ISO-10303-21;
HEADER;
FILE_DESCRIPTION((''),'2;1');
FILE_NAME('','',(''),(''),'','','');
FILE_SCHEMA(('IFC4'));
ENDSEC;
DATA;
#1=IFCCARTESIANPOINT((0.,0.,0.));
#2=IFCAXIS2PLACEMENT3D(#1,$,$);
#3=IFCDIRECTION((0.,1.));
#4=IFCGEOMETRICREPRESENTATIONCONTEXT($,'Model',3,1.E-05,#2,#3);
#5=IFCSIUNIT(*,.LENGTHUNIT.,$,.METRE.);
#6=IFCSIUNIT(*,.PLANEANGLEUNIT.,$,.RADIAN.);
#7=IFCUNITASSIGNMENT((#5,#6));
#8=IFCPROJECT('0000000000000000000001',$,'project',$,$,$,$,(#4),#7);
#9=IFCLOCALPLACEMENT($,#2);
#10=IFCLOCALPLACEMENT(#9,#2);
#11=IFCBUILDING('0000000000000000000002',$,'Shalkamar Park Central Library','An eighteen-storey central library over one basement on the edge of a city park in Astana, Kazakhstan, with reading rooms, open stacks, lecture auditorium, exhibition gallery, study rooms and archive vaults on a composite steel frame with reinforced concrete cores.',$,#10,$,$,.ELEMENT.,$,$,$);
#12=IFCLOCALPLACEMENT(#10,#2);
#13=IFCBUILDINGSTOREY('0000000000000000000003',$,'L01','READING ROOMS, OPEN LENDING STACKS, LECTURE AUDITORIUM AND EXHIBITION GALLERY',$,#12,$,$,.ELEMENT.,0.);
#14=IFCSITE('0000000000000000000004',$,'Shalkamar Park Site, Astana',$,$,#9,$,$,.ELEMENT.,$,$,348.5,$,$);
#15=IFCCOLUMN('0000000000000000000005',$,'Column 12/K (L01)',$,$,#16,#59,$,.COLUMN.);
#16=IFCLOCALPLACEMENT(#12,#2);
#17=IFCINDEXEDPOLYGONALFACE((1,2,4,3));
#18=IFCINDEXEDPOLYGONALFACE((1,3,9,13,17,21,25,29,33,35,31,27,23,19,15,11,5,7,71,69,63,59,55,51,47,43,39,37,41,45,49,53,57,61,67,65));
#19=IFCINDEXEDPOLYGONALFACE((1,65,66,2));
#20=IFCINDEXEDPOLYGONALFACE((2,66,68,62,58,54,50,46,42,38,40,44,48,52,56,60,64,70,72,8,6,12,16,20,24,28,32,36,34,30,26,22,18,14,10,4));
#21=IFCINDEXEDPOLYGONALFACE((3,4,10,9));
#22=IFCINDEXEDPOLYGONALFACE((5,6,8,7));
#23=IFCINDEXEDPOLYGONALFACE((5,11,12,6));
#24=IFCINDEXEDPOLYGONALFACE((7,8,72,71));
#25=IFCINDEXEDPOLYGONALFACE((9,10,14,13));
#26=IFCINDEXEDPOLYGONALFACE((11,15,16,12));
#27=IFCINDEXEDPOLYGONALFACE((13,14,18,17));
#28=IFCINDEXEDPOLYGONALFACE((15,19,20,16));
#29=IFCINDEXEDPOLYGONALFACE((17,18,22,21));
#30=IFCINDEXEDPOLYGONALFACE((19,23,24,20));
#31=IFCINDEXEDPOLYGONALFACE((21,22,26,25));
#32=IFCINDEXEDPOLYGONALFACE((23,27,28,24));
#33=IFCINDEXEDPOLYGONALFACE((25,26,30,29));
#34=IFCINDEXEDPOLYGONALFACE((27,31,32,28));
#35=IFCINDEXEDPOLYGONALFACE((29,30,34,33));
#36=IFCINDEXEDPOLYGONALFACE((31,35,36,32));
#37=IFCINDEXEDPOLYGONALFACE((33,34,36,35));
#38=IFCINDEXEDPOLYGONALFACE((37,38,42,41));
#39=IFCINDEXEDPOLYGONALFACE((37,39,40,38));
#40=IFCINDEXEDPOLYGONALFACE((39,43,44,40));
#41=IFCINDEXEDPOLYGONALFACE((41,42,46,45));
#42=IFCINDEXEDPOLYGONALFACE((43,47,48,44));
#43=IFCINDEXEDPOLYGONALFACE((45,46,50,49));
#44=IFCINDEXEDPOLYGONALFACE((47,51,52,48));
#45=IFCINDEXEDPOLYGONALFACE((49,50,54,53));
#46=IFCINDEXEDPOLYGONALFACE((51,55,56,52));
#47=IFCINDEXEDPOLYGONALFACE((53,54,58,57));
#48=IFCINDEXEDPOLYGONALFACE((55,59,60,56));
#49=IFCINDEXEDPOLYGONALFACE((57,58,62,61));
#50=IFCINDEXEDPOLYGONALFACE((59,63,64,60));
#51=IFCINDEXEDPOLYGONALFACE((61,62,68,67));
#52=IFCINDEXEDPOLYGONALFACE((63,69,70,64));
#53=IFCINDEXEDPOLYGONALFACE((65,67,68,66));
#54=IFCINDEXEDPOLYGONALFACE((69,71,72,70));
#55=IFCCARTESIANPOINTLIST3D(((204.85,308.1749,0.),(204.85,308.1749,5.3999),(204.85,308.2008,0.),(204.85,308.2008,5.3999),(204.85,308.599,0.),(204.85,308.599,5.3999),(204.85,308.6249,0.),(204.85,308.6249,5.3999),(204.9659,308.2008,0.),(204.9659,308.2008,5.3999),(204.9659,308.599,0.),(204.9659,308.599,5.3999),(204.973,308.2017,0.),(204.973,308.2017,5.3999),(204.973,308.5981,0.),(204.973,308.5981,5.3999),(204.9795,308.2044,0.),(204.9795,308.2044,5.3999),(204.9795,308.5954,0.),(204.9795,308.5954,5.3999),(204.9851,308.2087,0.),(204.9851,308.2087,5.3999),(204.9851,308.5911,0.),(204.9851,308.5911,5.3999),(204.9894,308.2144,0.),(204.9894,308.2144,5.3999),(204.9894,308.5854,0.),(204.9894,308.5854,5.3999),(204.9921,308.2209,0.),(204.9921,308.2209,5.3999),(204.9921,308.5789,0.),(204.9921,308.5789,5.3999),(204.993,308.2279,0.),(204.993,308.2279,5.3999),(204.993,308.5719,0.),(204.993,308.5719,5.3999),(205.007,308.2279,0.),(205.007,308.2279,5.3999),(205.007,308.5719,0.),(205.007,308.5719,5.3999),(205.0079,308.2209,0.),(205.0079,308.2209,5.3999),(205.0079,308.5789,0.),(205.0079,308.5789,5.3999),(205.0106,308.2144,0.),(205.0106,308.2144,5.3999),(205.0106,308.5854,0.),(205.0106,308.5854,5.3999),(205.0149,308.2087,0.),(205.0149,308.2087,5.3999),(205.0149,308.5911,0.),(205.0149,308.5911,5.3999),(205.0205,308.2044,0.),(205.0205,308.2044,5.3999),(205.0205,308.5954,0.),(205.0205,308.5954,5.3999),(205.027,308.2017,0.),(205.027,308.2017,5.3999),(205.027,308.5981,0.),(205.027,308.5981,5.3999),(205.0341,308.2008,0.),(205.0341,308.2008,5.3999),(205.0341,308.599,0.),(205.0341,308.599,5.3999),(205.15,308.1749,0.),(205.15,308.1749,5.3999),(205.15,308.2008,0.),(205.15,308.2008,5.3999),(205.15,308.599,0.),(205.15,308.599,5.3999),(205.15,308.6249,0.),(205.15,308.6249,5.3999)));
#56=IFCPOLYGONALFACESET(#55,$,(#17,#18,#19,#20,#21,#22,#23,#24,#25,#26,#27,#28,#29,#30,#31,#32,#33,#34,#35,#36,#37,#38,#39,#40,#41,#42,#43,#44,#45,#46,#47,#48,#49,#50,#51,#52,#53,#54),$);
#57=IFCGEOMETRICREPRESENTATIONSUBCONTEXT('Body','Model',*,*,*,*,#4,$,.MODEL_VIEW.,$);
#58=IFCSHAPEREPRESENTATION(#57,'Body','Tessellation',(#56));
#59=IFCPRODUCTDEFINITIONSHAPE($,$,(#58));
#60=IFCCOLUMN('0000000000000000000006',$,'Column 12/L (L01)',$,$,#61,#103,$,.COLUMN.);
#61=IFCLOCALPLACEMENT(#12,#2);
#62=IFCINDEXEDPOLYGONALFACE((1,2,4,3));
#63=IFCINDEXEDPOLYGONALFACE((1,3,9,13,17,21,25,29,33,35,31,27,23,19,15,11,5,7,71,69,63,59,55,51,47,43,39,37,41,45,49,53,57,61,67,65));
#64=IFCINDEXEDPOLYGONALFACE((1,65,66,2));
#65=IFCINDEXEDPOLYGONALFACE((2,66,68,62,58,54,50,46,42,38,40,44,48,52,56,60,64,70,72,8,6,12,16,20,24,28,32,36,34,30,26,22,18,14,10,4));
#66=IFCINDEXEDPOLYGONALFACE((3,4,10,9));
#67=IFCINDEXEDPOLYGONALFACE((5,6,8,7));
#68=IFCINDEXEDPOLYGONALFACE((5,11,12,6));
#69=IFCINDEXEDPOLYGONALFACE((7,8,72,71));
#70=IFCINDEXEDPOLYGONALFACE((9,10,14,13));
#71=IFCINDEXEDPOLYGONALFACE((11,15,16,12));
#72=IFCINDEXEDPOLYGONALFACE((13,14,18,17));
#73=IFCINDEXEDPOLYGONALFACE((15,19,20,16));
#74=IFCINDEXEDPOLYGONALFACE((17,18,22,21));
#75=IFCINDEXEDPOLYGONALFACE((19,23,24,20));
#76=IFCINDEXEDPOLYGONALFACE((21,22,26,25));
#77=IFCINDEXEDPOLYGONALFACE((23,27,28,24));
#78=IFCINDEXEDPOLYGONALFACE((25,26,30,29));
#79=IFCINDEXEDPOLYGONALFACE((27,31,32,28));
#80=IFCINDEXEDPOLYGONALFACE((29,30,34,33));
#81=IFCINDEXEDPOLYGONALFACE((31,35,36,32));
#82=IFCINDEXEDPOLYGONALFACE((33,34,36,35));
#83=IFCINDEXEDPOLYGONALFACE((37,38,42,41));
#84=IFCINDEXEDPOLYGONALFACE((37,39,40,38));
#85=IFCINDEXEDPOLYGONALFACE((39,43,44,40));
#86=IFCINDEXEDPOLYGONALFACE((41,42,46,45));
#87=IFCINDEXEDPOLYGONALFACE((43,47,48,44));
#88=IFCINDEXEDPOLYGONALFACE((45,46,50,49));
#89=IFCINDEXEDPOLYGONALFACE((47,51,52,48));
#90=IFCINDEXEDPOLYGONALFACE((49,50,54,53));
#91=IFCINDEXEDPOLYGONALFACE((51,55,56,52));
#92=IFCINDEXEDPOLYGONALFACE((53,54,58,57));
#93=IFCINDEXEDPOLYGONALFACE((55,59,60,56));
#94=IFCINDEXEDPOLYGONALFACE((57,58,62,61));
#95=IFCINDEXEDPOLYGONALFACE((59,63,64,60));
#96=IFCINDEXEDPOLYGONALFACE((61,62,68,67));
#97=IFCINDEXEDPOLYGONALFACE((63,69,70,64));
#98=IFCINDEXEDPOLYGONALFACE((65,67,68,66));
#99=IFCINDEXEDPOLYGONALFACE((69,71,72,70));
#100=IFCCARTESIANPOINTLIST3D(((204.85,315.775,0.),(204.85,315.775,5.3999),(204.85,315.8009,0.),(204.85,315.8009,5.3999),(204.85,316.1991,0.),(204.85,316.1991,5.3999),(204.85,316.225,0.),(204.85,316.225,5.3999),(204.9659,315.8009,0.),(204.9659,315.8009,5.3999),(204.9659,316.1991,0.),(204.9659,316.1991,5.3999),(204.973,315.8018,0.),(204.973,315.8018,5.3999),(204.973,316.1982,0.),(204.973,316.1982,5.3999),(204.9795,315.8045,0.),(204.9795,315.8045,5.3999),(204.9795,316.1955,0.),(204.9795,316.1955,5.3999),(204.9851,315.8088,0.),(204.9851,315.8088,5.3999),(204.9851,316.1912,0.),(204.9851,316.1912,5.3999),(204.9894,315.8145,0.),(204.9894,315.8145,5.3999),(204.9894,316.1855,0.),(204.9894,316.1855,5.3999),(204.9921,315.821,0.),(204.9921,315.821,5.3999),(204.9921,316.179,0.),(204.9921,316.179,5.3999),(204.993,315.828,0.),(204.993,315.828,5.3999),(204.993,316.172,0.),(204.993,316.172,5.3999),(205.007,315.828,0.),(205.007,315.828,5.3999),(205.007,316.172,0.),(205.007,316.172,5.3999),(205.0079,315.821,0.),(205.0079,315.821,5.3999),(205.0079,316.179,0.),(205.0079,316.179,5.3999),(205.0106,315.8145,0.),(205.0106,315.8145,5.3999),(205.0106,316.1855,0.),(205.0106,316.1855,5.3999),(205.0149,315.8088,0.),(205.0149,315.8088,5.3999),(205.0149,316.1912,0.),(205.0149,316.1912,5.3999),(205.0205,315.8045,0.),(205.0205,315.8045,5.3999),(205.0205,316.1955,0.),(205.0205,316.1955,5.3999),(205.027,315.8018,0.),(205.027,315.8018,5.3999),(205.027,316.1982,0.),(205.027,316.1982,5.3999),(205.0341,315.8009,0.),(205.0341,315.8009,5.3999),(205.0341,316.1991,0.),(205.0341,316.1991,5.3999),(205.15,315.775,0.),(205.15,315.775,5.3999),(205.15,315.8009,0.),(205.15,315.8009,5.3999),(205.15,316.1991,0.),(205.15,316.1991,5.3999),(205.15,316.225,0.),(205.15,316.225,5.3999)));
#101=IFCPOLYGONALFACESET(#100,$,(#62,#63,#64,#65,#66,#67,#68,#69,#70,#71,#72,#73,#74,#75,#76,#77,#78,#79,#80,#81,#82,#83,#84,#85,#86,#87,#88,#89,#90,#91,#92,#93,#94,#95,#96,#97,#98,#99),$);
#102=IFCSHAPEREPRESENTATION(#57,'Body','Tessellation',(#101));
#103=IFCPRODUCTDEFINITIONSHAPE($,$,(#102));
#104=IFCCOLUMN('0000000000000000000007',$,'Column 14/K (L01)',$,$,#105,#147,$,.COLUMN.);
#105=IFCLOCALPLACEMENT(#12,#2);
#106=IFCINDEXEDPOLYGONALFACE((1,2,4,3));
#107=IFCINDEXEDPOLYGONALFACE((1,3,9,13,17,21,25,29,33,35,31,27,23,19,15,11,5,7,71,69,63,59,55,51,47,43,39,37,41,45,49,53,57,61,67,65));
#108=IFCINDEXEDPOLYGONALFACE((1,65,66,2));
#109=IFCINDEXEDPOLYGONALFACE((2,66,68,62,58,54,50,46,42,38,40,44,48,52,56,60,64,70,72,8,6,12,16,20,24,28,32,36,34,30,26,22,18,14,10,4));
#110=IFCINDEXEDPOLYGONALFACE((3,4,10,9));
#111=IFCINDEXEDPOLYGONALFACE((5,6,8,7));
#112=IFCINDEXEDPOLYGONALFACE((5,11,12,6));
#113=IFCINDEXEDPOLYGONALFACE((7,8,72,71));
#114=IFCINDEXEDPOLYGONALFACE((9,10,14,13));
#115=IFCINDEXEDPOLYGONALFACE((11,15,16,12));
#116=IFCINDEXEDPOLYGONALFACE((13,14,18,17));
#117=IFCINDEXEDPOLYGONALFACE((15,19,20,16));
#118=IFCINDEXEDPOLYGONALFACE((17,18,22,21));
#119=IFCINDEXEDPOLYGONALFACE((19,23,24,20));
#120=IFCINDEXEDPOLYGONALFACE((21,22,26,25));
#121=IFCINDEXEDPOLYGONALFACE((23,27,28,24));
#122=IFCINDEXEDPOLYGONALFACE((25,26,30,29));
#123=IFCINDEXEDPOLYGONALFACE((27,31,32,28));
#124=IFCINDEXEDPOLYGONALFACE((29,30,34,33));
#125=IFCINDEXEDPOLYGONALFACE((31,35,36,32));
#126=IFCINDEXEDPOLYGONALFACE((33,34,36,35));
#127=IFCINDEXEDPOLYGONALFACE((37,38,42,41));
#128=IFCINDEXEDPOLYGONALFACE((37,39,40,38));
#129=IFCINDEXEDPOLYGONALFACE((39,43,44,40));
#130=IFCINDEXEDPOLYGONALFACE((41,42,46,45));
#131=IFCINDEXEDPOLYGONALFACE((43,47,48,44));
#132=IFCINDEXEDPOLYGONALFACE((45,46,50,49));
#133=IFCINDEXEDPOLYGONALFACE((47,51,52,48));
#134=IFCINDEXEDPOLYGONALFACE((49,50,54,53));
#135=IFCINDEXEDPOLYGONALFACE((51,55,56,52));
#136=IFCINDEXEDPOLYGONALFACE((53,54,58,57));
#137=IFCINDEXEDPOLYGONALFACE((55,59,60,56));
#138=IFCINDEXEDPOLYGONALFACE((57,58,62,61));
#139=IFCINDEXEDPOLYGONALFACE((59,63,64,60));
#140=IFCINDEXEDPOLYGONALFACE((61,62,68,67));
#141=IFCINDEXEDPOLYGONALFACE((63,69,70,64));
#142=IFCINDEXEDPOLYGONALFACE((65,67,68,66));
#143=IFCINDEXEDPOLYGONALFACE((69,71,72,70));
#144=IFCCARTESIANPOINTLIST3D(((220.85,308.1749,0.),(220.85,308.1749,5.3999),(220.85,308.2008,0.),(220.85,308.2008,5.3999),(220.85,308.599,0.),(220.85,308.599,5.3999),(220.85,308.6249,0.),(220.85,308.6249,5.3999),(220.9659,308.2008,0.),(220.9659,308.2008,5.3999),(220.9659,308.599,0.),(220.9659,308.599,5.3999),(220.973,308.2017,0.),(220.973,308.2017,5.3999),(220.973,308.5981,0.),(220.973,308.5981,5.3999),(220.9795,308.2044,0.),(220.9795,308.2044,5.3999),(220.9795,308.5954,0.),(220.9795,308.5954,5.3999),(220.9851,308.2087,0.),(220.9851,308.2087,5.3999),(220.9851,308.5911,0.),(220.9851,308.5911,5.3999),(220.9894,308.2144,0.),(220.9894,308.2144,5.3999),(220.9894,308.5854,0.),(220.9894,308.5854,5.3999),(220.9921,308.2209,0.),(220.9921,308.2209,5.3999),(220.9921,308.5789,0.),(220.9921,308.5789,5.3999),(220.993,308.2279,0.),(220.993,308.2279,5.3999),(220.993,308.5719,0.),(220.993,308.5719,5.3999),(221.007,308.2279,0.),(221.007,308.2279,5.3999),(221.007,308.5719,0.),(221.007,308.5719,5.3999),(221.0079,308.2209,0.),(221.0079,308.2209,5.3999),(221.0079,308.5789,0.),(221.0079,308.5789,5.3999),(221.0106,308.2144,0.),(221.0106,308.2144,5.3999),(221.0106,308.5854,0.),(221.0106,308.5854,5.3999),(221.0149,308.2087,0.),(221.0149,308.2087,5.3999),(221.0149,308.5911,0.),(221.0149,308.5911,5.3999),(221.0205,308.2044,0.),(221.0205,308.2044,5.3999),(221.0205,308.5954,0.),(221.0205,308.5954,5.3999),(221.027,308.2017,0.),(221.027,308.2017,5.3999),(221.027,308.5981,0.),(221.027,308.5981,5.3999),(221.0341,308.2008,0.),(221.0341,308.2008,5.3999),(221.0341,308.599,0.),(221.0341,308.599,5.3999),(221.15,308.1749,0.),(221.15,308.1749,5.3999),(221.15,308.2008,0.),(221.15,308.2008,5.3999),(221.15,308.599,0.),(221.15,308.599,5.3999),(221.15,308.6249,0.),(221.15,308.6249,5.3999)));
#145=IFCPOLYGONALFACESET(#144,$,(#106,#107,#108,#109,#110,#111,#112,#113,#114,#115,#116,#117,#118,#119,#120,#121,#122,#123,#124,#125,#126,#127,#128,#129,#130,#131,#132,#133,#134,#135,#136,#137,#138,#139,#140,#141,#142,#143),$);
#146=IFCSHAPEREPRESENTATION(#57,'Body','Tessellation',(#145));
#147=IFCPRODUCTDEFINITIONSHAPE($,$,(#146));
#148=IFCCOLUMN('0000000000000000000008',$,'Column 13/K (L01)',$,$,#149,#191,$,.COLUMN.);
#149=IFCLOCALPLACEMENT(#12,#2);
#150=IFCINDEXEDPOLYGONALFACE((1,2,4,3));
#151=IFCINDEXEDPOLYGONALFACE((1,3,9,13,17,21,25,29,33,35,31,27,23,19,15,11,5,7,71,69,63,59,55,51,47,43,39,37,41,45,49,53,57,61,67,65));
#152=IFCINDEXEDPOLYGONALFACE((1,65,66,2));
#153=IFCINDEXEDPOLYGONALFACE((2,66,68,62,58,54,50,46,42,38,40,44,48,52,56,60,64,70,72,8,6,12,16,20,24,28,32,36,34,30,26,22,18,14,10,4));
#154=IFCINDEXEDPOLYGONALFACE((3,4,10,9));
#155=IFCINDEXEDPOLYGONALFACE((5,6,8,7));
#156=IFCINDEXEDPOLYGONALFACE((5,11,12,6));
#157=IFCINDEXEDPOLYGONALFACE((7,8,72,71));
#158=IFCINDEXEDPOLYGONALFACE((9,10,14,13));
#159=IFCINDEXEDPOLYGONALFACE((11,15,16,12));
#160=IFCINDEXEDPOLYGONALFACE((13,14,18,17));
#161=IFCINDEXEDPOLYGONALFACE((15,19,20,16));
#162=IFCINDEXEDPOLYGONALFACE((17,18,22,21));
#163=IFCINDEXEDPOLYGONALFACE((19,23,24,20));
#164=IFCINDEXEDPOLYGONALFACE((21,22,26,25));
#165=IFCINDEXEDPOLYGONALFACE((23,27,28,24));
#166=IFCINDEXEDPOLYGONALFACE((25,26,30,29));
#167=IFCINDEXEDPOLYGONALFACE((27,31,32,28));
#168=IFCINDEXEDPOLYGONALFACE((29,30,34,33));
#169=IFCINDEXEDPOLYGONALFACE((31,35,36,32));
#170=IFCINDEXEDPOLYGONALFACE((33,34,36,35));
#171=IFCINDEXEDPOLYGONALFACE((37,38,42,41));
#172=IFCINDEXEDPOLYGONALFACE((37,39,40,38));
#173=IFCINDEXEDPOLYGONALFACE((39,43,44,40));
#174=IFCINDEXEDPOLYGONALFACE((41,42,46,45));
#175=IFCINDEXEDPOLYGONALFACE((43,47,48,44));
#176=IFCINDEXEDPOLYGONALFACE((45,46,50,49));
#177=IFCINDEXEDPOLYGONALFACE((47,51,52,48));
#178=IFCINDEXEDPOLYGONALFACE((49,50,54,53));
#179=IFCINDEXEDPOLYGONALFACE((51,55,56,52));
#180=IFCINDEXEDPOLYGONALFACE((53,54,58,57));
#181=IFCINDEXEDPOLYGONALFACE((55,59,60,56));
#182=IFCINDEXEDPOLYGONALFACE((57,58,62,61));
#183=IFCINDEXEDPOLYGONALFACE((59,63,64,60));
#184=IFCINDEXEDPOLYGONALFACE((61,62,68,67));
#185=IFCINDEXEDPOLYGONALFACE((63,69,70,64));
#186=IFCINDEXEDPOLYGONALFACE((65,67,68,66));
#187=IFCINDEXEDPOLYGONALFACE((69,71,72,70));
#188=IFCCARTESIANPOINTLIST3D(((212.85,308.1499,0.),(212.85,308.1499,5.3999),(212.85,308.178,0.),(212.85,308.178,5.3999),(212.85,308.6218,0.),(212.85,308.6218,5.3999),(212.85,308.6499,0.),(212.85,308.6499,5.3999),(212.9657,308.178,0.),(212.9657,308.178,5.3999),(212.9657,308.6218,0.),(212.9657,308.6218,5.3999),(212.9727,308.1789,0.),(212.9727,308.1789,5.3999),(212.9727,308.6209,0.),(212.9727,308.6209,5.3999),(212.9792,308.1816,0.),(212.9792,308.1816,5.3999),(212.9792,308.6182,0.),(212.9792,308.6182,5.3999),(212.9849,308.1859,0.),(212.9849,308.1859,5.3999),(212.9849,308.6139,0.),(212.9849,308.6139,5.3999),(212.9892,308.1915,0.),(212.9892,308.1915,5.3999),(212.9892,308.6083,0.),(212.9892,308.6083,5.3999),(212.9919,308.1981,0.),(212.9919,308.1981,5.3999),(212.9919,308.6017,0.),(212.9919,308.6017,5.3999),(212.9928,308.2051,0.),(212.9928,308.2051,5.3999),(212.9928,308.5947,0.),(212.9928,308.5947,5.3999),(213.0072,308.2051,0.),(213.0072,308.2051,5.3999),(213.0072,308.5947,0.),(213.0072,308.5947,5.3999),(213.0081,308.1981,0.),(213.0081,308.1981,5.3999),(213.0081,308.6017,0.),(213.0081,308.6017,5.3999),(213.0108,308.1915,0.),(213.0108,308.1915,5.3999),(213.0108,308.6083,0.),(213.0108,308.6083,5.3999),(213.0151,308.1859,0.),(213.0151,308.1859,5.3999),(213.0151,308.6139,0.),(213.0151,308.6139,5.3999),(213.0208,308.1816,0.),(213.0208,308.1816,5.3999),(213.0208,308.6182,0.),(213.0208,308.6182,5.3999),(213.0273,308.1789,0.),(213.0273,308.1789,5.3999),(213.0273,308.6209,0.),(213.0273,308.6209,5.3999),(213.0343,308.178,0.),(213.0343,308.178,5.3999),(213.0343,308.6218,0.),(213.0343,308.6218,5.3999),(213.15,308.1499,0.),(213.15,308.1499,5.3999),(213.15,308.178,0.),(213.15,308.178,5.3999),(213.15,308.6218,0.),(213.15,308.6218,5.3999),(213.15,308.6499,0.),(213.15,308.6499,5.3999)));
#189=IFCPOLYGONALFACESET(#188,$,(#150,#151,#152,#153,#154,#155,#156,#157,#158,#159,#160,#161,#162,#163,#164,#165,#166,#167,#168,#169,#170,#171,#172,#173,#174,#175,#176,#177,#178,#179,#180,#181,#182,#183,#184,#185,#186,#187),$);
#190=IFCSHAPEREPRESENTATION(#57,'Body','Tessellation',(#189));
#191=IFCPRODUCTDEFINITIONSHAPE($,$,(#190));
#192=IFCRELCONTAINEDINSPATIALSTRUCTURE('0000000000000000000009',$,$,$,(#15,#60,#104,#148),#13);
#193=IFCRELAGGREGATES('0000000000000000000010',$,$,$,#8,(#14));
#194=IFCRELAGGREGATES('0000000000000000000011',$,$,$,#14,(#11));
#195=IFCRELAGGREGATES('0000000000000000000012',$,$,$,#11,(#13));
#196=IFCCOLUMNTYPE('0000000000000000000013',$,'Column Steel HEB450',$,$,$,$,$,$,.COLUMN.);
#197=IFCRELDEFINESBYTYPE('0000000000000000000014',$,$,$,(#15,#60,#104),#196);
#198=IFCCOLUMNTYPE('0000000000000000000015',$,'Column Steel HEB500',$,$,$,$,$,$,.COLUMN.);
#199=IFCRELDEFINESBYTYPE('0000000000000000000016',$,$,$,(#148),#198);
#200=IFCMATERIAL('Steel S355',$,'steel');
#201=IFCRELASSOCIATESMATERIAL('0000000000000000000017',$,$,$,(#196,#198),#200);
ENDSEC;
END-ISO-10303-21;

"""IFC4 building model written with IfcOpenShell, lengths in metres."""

from ifc_helpers import new_model, si_unit, direction, frame, origin, origin_2d, place, context, subcontext, project, spatial, i_section, extrude, material, material_profile, profile_set, type_object, element, save


model = new_model("IFC4")

# Units and contexts
model_context = context("Model", 3, precision=1e-05, world=origin(), true_north=direction((0.0, 1.0)))
body_context = subcontext(model_context, "Body", "Model", "MODEL_VIEW")
ifc_project = project(units=[si_unit("LENGTHUNIT", "METRE"), si_unit("PLANEANGLEUNIT", "RADIAN")], contexts=[model_context])

# Site, building, storey
site_placement = place(None, origin())
site = spatial("IfcSite", under=ifc_project, at=site_placement, Name="Shalkamar Park Site, Astana", CompositionType="ELEMENT", RefElevation=348.5)
building_placement = place(site_placement, origin())
building = spatial("IfcBuilding", under=site, at=building_placement, Name="Shalkamar Park Central Library", Description="An eighteen-storey central library over one basement on the edge of a city park in Astana, Kazakhstan, with reading rooms, open stacks, lecture auditorium, exhibition gallery, study rooms and archive vaults on a composite steel frame with reinforced concrete cores.", CompositionType="ELEMENT")
storey_placement = place(building_placement, origin())
storey = spatial("IfcBuildingStorey", under=building, at=storey_placement, Name="L01", Description="READING ROOMS, OPEN LENDING STACKS, LECTURE AUDITORIUM AND EXHIBITION GALLERY", CompositionType="ELEMENT", Elevation=0.0)

# Columns
ifc_material_1 = material(Name="Steel S355", Category="steel")
ifc_material_profile_1 = material_profile(ifc_material_1, i_section(OverallWidth=0.3, OverallDepth=0.45, WebThickness=0.0139, FlangeThickness=0.0259, FilletRadius=0.0271, at=origin_2d()), Name="HEB 450")
ifc_profile_set_1 = profile_set([ifc_material_profile_1], Name="Steel S355")
column_type_1 = type_object("IfcColumnType", Name="Column Steel HEB450", PredefinedType="COLUMN", material=ifc_profile_set_1)
for number, where, z_axis, x_axis, name in (
    (1, (205.0, 308.3999, 0.0), (0.0, 0.0, 1.0), (1.0, 0.0, 0.0), "Column 12/K (L01)"),
    (2, (205.0, 316.0, 0.0), (0.0, 0.0, 1.0), (1.0, 0.0, 0.0), "Column 12/L (L01)"),
    (3, (221.0, 308.3999, 0.0), (0.0, 0.0, 1.0), (1.0, 0.0, 0.0), "Column 14/K (L01)"),
):
    element("IfcColumn", number, at=place(storey_placement, frame(where, z_axis=z_axis, x_axis=x_axis)), inside=storey, type_object=column_type_1, Name=name, PredefinedType="COLUMN", context=body_context, shape_type="SweptSolid", body=[
        extrude(i_section(OverallWidth=0.3, OverallDepth=0.45, WebThickness=0.0139, FlangeThickness=0.0259, FilletRadius=0.0271, at=origin_2d()), origin(), (0.0, 0.0, 1.0), 5.3999),
    ])
ifc_material_profile_2 = material_profile(ifc_material_1, i_section(OverallWidth=0.3, OverallDepth=0.5, WebThickness=0.0144, FlangeThickness=0.0281, FilletRadius=0.0271, at=origin_2d()), Name="HEB 500")
ifc_profile_set_2 = profile_set([ifc_material_profile_2], Name="Steel S355")
column_type_2 = type_object("IfcColumnType", Name="Column Steel HEB500", PredefinedType="COLUMN", material=ifc_profile_set_2)
for number, where, z_axis, x_axis, name in (
    (4, (213.0, 308.3999, 0.0), (0.0, 0.0, 1.0), (1.0, 0.0, 0.0), "Column 13/K (L01)"),
):
    element("IfcColumn", number, at=place(storey_placement, frame(where, z_axis=z_axis, x_axis=x_axis)), inside=storey, type_object=column_type_2, Name=name, PredefinedType="COLUMN", context=body_context, shape_type="SweptSolid", body=[
        extrude(i_section(OverallWidth=0.3, OverallDepth=0.5, WebThickness=0.0144, FlangeThickness=0.0281, FilletRadius=0.0271, at=origin_2d()), origin(), (0.0, 0.0, 1.0), 5.3999),
    ])

save(model, "model.ifc")
